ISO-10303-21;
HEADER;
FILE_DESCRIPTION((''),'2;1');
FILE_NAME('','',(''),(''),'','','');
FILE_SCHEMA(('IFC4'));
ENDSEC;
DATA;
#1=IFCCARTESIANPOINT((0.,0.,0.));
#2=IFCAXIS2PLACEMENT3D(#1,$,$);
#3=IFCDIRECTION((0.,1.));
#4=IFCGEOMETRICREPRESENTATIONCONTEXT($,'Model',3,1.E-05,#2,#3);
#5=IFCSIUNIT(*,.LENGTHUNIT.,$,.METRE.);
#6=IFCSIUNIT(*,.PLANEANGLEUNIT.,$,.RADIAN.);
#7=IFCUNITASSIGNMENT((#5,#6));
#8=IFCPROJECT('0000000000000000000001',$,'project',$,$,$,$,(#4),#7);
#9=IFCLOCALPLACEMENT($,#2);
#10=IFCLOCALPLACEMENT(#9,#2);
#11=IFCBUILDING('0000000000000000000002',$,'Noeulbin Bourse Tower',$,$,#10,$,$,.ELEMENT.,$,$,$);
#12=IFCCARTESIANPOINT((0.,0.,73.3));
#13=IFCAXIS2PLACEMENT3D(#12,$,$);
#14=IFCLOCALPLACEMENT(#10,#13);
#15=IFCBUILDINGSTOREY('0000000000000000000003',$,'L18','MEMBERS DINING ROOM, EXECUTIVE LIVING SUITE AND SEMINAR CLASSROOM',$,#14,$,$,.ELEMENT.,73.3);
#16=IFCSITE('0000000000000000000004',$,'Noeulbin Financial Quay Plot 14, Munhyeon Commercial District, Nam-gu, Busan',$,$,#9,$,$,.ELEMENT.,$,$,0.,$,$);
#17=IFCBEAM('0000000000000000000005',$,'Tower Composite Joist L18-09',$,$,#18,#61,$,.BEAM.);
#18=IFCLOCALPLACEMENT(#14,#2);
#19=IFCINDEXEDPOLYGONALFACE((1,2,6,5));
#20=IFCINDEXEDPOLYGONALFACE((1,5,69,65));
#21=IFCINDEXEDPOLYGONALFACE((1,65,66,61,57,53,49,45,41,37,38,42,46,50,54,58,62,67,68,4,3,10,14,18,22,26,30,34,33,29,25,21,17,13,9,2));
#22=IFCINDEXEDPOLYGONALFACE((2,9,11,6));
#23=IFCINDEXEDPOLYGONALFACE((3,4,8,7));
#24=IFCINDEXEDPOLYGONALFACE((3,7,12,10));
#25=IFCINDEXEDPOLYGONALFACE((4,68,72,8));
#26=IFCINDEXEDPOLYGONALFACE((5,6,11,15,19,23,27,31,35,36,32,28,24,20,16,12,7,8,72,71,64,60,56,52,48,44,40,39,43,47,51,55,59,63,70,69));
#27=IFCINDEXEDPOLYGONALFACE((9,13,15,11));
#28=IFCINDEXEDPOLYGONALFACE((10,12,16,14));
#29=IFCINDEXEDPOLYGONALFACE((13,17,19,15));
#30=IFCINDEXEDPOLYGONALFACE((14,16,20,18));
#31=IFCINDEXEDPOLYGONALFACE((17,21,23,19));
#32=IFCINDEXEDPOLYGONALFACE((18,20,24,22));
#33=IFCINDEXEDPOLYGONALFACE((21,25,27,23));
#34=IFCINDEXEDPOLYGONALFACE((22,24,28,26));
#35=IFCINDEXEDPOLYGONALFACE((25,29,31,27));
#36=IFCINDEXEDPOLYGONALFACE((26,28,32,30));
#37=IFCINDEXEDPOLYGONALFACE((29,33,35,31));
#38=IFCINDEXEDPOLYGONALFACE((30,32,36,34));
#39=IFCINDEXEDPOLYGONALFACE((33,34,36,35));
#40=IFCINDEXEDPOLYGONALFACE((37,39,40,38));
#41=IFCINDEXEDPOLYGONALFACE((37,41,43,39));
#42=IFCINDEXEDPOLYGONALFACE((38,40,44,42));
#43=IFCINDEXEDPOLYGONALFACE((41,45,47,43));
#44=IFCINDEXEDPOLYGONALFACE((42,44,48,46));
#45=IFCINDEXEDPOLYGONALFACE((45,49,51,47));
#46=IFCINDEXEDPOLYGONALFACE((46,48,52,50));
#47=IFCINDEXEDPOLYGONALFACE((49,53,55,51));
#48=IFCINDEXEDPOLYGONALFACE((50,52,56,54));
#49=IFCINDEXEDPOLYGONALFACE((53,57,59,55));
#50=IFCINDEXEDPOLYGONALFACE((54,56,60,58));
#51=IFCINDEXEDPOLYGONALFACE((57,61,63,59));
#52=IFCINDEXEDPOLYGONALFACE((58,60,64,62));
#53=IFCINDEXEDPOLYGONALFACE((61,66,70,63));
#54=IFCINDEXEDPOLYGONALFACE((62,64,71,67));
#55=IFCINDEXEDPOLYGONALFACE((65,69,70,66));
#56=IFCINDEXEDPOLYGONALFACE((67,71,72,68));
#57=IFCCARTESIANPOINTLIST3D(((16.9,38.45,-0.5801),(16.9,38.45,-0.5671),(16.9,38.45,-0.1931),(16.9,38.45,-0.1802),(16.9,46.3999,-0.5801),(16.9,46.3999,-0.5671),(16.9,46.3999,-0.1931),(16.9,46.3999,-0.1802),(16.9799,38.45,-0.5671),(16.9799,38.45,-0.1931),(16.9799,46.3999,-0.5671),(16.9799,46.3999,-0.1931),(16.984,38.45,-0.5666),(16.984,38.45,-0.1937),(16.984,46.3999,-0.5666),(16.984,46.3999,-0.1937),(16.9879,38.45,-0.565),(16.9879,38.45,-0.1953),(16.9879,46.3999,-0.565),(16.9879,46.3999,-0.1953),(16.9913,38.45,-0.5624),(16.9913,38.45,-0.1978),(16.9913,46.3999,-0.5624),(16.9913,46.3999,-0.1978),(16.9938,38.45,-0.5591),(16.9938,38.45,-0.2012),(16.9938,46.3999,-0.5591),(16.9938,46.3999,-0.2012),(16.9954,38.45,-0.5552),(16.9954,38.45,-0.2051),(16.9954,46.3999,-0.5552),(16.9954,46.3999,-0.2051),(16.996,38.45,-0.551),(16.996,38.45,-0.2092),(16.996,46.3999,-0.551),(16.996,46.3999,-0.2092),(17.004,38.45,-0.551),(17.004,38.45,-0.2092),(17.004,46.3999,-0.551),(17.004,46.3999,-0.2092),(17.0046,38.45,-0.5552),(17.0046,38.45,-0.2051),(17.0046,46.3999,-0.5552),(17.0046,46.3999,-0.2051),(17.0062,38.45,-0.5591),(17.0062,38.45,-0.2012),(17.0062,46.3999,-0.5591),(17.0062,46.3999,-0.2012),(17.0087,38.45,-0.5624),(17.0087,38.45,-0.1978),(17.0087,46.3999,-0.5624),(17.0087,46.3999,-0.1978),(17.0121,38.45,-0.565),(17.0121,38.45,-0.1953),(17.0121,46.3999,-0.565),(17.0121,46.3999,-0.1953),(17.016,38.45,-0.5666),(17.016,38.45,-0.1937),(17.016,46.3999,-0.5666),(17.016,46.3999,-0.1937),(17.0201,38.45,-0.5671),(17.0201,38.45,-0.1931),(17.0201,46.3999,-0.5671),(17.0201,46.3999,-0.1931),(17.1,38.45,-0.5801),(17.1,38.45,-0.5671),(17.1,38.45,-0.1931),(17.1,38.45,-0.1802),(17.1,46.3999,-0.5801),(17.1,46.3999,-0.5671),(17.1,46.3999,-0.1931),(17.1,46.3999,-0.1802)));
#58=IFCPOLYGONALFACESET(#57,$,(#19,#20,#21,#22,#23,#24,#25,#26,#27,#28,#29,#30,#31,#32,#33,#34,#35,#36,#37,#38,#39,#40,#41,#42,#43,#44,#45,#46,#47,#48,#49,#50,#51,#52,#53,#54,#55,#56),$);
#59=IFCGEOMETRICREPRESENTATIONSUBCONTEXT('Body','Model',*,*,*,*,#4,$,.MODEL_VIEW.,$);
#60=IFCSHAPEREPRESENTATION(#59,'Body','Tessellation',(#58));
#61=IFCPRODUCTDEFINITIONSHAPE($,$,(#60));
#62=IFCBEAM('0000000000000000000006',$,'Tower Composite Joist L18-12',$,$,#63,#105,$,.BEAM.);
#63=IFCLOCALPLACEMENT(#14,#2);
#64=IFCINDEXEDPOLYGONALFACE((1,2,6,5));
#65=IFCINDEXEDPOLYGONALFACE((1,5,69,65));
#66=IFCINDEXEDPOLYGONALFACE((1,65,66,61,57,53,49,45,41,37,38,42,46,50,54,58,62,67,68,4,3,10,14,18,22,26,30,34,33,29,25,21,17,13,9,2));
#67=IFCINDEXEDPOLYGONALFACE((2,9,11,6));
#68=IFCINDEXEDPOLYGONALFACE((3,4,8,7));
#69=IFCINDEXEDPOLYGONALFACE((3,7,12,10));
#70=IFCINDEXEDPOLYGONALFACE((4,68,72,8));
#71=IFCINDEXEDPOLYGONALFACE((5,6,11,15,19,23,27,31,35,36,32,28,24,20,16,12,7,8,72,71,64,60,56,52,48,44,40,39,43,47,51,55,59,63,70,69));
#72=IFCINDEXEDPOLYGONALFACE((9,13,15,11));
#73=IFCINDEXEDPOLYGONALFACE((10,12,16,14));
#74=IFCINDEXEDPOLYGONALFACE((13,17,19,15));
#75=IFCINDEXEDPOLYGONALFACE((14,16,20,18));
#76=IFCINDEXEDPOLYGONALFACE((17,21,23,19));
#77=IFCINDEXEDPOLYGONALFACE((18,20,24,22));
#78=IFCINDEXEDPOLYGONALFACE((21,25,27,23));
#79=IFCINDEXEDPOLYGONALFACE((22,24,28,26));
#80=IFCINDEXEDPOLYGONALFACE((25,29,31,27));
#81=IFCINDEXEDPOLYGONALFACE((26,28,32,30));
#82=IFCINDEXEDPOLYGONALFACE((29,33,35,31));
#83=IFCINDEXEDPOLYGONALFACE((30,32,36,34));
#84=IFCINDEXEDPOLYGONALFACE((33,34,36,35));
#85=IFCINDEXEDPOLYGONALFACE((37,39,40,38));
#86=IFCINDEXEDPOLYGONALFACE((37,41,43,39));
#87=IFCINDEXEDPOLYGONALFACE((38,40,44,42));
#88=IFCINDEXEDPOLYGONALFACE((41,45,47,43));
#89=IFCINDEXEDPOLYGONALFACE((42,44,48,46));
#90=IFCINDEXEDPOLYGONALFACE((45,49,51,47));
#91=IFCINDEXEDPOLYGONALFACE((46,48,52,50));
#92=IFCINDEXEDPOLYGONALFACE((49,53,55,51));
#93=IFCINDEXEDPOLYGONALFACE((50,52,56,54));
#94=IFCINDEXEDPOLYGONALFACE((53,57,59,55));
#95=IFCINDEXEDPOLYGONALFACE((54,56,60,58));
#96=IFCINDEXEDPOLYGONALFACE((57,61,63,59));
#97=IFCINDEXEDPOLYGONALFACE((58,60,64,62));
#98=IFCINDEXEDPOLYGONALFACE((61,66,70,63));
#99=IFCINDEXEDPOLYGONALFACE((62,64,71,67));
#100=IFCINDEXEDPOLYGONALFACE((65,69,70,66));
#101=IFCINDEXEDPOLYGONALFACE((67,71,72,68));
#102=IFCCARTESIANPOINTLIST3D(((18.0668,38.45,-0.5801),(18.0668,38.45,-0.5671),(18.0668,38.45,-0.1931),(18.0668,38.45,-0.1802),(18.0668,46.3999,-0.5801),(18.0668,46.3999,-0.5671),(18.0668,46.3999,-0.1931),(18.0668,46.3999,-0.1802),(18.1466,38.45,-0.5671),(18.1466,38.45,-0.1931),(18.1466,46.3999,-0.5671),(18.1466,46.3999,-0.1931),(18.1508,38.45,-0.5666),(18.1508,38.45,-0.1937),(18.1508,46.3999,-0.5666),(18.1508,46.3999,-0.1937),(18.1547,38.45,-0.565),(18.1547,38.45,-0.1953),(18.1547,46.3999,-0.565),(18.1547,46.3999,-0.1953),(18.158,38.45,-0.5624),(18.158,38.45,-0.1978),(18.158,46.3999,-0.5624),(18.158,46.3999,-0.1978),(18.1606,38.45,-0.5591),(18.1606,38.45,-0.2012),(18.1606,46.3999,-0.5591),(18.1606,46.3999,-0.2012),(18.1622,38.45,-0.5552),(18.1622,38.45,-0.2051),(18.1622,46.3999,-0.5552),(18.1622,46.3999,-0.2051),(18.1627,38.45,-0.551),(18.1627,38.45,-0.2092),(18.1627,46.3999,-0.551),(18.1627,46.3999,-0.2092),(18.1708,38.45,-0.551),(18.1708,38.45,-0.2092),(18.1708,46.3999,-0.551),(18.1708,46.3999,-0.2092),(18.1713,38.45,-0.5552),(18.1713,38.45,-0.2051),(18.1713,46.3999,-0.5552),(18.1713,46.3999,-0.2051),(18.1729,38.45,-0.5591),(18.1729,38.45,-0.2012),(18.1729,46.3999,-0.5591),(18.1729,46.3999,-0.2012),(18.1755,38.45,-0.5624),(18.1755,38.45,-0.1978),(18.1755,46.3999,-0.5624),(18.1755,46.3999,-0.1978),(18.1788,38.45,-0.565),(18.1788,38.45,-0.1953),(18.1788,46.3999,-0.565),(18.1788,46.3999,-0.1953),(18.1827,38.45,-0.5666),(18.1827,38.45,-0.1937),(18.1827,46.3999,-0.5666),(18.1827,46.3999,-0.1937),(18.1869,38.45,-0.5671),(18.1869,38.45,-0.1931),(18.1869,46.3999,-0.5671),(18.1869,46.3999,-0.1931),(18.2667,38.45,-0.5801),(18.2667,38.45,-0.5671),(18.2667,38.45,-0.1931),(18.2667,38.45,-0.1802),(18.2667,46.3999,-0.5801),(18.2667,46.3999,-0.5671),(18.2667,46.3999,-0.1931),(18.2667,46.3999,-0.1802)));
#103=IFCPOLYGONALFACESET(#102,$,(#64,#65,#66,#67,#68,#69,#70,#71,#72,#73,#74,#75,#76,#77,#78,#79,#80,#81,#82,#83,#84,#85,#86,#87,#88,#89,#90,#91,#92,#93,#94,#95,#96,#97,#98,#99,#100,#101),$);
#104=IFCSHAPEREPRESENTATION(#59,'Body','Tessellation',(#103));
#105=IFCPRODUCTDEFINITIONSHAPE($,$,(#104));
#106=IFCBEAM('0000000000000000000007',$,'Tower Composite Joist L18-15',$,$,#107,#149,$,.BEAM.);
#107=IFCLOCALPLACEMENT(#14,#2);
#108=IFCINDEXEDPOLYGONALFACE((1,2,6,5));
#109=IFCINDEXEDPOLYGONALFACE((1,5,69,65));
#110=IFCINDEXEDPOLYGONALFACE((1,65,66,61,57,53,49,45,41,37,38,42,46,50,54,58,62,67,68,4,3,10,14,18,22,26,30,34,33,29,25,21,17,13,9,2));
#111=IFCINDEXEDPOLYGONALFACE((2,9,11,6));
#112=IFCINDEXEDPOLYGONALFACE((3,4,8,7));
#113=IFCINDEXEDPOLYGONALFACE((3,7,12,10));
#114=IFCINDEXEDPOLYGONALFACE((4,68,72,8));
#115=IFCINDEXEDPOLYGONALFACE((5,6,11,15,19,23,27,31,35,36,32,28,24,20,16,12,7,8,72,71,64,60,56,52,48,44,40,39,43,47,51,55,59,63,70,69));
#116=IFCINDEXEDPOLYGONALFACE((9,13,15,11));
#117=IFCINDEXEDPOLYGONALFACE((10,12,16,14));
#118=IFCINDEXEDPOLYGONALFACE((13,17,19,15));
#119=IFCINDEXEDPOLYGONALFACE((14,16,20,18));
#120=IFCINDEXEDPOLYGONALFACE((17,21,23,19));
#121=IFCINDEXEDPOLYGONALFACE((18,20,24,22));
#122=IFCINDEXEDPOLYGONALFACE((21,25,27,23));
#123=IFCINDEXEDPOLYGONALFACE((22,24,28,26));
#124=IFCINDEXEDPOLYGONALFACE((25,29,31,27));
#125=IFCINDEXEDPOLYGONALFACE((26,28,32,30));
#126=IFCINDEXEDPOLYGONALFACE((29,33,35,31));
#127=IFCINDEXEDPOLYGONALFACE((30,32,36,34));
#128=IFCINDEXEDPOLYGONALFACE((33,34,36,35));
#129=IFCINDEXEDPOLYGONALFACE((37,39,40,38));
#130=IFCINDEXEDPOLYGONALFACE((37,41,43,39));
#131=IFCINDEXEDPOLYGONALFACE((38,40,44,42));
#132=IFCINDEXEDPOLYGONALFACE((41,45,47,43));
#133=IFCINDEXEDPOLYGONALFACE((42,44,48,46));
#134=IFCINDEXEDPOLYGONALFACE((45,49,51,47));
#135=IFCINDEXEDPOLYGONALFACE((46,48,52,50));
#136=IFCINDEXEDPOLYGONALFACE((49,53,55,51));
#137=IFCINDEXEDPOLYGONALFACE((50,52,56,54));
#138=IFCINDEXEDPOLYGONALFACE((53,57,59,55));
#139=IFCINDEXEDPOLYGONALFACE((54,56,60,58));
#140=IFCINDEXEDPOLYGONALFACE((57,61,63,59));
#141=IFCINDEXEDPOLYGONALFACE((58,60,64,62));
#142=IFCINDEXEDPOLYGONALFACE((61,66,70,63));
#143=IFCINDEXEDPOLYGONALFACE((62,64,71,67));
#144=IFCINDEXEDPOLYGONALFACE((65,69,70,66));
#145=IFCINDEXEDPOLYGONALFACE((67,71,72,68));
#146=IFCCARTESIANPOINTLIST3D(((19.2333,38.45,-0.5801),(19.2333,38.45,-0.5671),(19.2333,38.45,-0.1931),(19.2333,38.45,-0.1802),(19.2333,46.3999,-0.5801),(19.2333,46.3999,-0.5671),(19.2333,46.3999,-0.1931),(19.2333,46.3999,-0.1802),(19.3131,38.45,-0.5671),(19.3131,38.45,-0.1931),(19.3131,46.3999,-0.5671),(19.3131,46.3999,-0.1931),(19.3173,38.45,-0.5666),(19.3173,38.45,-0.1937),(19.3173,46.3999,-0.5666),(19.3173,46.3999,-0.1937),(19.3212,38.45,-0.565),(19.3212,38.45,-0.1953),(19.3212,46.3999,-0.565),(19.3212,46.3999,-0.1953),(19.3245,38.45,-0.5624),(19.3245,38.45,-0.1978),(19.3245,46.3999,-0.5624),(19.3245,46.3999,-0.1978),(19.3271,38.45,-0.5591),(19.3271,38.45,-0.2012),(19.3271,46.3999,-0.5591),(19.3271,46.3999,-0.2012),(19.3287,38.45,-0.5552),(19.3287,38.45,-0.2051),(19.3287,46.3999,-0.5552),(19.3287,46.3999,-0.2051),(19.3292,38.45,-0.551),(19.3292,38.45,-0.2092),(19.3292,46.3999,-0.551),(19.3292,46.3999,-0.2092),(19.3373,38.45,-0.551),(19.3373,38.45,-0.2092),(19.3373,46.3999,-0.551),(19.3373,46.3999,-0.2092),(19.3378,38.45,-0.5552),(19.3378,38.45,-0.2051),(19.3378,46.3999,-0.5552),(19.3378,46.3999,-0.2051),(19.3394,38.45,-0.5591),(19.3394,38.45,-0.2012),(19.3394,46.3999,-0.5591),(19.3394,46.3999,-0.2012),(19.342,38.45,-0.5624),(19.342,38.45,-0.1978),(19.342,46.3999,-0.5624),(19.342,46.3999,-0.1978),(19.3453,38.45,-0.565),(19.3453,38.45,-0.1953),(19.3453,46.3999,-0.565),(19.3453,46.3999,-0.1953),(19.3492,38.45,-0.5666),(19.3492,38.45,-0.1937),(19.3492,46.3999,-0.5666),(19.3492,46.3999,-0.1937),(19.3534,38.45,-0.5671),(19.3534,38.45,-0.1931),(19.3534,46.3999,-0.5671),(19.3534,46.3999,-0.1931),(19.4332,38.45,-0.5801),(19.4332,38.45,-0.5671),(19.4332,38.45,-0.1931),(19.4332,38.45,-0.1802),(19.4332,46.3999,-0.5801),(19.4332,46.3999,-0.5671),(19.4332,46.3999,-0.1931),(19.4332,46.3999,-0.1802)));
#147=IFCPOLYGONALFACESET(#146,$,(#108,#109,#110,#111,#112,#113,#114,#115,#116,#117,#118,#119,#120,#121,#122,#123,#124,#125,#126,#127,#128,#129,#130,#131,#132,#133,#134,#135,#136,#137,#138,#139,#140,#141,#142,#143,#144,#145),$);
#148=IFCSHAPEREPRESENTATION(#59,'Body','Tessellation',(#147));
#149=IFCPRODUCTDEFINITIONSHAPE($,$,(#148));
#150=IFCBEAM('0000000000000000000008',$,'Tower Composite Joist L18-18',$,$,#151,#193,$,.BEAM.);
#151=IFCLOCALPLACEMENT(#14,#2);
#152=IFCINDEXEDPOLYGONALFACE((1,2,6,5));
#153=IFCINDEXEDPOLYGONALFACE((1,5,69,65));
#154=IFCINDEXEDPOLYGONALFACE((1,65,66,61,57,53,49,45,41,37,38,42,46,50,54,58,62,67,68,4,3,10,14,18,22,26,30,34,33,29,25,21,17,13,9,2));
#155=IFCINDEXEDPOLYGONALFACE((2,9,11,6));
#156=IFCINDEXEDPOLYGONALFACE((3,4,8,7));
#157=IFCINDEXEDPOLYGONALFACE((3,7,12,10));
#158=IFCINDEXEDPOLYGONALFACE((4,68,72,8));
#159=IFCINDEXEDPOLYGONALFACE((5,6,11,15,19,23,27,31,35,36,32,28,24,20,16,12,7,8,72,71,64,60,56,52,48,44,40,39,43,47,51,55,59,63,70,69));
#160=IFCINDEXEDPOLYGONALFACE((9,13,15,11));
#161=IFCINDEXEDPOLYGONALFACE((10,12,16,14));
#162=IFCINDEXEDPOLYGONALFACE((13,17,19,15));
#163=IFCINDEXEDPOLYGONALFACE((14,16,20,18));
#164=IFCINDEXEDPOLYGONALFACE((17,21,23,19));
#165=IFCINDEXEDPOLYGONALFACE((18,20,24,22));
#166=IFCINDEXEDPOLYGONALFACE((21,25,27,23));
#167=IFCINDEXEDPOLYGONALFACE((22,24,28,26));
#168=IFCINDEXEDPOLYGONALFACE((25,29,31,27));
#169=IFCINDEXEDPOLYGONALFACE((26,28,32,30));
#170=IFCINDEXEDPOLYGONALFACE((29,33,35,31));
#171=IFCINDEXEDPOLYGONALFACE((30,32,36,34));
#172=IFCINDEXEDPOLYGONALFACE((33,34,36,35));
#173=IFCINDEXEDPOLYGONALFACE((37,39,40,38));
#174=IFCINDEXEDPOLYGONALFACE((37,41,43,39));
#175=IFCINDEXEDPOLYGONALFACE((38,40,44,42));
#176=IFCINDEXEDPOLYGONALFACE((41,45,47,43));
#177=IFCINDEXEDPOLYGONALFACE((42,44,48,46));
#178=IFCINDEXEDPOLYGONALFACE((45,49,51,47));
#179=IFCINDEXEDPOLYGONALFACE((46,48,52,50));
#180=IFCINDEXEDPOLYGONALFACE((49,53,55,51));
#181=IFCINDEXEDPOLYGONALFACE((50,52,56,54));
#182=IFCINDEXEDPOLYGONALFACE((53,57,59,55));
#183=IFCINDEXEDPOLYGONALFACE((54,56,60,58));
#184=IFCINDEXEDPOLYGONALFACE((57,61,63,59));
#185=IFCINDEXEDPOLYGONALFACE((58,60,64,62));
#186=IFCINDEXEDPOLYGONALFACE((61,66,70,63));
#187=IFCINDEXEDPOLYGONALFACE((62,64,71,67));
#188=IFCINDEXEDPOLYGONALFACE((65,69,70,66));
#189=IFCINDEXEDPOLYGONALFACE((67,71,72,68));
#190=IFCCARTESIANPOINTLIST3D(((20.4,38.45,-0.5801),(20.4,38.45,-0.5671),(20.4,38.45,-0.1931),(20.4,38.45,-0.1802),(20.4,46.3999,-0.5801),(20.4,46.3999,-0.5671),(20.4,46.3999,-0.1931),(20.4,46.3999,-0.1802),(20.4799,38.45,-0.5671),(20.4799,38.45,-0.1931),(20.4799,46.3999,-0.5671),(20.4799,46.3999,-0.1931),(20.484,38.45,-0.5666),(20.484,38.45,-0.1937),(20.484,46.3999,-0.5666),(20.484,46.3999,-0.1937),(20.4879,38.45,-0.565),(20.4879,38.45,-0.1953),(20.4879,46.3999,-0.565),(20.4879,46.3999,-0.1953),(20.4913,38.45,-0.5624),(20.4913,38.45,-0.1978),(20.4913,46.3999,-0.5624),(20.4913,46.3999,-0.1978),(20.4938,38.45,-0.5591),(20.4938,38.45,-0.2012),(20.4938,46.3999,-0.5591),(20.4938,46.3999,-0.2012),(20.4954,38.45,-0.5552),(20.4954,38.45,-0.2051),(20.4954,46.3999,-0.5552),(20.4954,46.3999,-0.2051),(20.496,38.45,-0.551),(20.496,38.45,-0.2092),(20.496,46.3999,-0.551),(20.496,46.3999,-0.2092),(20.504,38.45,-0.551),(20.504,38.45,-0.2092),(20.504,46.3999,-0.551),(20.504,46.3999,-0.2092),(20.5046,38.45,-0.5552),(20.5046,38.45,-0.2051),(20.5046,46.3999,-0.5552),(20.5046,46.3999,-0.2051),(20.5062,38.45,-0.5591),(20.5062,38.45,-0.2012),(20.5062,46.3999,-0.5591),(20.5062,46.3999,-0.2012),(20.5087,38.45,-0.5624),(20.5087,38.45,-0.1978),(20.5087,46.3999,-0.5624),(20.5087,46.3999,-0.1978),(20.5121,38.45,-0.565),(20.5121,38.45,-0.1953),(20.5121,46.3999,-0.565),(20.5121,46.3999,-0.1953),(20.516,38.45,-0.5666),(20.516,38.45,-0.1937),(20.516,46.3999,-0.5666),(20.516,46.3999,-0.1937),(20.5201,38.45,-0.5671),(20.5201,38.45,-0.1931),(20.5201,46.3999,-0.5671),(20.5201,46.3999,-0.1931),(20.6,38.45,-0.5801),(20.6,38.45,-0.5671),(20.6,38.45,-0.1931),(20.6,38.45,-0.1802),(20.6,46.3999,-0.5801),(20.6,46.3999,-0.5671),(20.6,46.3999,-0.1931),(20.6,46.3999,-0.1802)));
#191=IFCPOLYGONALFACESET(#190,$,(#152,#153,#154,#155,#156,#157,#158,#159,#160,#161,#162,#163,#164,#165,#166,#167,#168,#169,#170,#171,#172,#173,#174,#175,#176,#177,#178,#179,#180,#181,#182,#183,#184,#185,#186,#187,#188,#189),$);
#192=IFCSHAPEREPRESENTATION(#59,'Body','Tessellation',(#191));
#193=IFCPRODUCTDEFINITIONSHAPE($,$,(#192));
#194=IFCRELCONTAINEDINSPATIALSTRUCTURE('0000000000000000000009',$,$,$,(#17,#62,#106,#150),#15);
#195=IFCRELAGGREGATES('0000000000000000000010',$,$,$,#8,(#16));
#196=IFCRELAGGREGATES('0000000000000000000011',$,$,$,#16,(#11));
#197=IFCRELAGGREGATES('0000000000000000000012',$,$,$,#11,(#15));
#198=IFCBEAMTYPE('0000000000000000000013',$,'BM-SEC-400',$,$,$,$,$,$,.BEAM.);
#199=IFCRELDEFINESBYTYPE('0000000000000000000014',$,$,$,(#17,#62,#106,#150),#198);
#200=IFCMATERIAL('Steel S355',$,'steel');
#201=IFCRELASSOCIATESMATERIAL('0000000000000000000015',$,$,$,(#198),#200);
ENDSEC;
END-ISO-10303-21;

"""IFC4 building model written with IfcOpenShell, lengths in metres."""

from ifc_helpers import new_model, si_unit, direction, frame, origin, origin_2d, place, context, subcontext, project, spatial, i_section, extrude, material, material_profile, profile_set, type_object, element, save


model = new_model("IFC4")

# Units and contexts
model_context = context("Model", 3, precision=1e-05, world=origin(), true_north=direction((0.0, 1.0)))
body_context = subcontext(model_context, "Body", "Model", "MODEL_VIEW")
ifc_project = project(units=[si_unit("LENGTHUNIT", "METRE"), si_unit("PLANEANGLEUNIT", "RADIAN")], contexts=[model_context])

# Site, building, storey
site_placement = place(None, origin())
site = spatial("IfcSite", under=ifc_project, at=site_placement, Name="Noeulbin Financial Quay Plot 14, Munhyeon Commercial District, Nam-gu, Busan", CompositionType="ELEMENT", RefElevation=0.0)
building_placement = place(site_placement, origin())
building = spatial("IfcBuilding", under=site, at=building_placement, Name="Noeulbin Bourse Tower", CompositionType="ELEMENT")
storey_placement = place(building_placement, frame((0.0, 0.0, 73.3)))
storey = spatial("IfcBuildingStorey", under=building, at=storey_placement, Name="L18", Description="MEMBERS DINING ROOM, EXECUTIVE LIVING SUITE AND SEMINAR CLASSROOM", CompositionType="ELEMENT", Elevation=73.3)

# Beams
ifc_material_1 = material(Name="Steel S355", Category="steel")
ifc_material_profile_1 = material_profile(ifc_material_1, i_section(OverallWidth=0.2, OverallDepth=0.3999, WebThickness=0.0081, FlangeThickness=0.0129, FilletRadius=0.0161, at=origin_2d()), Name="H-400x200x8x13", Category="LoadBearing")
ifc_profile_set_1 = profile_set([ifc_material_profile_1], Name="Steel S355")
beam_type_1 = type_object("IfcBeamType", Name="BM-SEC-400", PredefinedType="BEAM", material=ifc_profile_set_1)
for number, where, z_axis, x_axis, name in (
    (1, (17.0, 38.45, -0.3801), (0.0, 1.0, 0.0), (-1.0, 0.0, 0.0), "Tower Composite Joist L18-09"),
    (2, (18.1667, 38.45, -0.3801), (0.0, 1.0, 0.0), (-1.0, 0.0, 0.0), "Tower Composite Joist L18-12"),
    (3, (19.3333, 38.45, -0.3801), (0.0, 1.0, 0.0), (-1.0, 0.0, 0.0), "Tower Composite Joist L18-15"),
    (4, (20.5, 38.45, -0.3801), (0.0, 1.0, 0.0), (-1.0, 0.0, 0.0), "Tower Composite Joist L18-18"),
):
    element("IfcBeam", number, at=place(storey_placement, frame(where, z_axis=z_axis, x_axis=x_axis)), inside=storey, type_object=beam_type_1, Name=name, PredefinedType="BEAM", context=body_context, shape_type="SweptSolid", body=[
        extrude(i_section(OverallWidth=0.2, OverallDepth=0.3999, WebThickness=0.0081, FlangeThickness=0.0129, FilletRadius=0.0161, at=origin_2d()), origin(), (0.0, 0.0, 1.0), 7.95),
    ])

save(model, "model.ifc")
